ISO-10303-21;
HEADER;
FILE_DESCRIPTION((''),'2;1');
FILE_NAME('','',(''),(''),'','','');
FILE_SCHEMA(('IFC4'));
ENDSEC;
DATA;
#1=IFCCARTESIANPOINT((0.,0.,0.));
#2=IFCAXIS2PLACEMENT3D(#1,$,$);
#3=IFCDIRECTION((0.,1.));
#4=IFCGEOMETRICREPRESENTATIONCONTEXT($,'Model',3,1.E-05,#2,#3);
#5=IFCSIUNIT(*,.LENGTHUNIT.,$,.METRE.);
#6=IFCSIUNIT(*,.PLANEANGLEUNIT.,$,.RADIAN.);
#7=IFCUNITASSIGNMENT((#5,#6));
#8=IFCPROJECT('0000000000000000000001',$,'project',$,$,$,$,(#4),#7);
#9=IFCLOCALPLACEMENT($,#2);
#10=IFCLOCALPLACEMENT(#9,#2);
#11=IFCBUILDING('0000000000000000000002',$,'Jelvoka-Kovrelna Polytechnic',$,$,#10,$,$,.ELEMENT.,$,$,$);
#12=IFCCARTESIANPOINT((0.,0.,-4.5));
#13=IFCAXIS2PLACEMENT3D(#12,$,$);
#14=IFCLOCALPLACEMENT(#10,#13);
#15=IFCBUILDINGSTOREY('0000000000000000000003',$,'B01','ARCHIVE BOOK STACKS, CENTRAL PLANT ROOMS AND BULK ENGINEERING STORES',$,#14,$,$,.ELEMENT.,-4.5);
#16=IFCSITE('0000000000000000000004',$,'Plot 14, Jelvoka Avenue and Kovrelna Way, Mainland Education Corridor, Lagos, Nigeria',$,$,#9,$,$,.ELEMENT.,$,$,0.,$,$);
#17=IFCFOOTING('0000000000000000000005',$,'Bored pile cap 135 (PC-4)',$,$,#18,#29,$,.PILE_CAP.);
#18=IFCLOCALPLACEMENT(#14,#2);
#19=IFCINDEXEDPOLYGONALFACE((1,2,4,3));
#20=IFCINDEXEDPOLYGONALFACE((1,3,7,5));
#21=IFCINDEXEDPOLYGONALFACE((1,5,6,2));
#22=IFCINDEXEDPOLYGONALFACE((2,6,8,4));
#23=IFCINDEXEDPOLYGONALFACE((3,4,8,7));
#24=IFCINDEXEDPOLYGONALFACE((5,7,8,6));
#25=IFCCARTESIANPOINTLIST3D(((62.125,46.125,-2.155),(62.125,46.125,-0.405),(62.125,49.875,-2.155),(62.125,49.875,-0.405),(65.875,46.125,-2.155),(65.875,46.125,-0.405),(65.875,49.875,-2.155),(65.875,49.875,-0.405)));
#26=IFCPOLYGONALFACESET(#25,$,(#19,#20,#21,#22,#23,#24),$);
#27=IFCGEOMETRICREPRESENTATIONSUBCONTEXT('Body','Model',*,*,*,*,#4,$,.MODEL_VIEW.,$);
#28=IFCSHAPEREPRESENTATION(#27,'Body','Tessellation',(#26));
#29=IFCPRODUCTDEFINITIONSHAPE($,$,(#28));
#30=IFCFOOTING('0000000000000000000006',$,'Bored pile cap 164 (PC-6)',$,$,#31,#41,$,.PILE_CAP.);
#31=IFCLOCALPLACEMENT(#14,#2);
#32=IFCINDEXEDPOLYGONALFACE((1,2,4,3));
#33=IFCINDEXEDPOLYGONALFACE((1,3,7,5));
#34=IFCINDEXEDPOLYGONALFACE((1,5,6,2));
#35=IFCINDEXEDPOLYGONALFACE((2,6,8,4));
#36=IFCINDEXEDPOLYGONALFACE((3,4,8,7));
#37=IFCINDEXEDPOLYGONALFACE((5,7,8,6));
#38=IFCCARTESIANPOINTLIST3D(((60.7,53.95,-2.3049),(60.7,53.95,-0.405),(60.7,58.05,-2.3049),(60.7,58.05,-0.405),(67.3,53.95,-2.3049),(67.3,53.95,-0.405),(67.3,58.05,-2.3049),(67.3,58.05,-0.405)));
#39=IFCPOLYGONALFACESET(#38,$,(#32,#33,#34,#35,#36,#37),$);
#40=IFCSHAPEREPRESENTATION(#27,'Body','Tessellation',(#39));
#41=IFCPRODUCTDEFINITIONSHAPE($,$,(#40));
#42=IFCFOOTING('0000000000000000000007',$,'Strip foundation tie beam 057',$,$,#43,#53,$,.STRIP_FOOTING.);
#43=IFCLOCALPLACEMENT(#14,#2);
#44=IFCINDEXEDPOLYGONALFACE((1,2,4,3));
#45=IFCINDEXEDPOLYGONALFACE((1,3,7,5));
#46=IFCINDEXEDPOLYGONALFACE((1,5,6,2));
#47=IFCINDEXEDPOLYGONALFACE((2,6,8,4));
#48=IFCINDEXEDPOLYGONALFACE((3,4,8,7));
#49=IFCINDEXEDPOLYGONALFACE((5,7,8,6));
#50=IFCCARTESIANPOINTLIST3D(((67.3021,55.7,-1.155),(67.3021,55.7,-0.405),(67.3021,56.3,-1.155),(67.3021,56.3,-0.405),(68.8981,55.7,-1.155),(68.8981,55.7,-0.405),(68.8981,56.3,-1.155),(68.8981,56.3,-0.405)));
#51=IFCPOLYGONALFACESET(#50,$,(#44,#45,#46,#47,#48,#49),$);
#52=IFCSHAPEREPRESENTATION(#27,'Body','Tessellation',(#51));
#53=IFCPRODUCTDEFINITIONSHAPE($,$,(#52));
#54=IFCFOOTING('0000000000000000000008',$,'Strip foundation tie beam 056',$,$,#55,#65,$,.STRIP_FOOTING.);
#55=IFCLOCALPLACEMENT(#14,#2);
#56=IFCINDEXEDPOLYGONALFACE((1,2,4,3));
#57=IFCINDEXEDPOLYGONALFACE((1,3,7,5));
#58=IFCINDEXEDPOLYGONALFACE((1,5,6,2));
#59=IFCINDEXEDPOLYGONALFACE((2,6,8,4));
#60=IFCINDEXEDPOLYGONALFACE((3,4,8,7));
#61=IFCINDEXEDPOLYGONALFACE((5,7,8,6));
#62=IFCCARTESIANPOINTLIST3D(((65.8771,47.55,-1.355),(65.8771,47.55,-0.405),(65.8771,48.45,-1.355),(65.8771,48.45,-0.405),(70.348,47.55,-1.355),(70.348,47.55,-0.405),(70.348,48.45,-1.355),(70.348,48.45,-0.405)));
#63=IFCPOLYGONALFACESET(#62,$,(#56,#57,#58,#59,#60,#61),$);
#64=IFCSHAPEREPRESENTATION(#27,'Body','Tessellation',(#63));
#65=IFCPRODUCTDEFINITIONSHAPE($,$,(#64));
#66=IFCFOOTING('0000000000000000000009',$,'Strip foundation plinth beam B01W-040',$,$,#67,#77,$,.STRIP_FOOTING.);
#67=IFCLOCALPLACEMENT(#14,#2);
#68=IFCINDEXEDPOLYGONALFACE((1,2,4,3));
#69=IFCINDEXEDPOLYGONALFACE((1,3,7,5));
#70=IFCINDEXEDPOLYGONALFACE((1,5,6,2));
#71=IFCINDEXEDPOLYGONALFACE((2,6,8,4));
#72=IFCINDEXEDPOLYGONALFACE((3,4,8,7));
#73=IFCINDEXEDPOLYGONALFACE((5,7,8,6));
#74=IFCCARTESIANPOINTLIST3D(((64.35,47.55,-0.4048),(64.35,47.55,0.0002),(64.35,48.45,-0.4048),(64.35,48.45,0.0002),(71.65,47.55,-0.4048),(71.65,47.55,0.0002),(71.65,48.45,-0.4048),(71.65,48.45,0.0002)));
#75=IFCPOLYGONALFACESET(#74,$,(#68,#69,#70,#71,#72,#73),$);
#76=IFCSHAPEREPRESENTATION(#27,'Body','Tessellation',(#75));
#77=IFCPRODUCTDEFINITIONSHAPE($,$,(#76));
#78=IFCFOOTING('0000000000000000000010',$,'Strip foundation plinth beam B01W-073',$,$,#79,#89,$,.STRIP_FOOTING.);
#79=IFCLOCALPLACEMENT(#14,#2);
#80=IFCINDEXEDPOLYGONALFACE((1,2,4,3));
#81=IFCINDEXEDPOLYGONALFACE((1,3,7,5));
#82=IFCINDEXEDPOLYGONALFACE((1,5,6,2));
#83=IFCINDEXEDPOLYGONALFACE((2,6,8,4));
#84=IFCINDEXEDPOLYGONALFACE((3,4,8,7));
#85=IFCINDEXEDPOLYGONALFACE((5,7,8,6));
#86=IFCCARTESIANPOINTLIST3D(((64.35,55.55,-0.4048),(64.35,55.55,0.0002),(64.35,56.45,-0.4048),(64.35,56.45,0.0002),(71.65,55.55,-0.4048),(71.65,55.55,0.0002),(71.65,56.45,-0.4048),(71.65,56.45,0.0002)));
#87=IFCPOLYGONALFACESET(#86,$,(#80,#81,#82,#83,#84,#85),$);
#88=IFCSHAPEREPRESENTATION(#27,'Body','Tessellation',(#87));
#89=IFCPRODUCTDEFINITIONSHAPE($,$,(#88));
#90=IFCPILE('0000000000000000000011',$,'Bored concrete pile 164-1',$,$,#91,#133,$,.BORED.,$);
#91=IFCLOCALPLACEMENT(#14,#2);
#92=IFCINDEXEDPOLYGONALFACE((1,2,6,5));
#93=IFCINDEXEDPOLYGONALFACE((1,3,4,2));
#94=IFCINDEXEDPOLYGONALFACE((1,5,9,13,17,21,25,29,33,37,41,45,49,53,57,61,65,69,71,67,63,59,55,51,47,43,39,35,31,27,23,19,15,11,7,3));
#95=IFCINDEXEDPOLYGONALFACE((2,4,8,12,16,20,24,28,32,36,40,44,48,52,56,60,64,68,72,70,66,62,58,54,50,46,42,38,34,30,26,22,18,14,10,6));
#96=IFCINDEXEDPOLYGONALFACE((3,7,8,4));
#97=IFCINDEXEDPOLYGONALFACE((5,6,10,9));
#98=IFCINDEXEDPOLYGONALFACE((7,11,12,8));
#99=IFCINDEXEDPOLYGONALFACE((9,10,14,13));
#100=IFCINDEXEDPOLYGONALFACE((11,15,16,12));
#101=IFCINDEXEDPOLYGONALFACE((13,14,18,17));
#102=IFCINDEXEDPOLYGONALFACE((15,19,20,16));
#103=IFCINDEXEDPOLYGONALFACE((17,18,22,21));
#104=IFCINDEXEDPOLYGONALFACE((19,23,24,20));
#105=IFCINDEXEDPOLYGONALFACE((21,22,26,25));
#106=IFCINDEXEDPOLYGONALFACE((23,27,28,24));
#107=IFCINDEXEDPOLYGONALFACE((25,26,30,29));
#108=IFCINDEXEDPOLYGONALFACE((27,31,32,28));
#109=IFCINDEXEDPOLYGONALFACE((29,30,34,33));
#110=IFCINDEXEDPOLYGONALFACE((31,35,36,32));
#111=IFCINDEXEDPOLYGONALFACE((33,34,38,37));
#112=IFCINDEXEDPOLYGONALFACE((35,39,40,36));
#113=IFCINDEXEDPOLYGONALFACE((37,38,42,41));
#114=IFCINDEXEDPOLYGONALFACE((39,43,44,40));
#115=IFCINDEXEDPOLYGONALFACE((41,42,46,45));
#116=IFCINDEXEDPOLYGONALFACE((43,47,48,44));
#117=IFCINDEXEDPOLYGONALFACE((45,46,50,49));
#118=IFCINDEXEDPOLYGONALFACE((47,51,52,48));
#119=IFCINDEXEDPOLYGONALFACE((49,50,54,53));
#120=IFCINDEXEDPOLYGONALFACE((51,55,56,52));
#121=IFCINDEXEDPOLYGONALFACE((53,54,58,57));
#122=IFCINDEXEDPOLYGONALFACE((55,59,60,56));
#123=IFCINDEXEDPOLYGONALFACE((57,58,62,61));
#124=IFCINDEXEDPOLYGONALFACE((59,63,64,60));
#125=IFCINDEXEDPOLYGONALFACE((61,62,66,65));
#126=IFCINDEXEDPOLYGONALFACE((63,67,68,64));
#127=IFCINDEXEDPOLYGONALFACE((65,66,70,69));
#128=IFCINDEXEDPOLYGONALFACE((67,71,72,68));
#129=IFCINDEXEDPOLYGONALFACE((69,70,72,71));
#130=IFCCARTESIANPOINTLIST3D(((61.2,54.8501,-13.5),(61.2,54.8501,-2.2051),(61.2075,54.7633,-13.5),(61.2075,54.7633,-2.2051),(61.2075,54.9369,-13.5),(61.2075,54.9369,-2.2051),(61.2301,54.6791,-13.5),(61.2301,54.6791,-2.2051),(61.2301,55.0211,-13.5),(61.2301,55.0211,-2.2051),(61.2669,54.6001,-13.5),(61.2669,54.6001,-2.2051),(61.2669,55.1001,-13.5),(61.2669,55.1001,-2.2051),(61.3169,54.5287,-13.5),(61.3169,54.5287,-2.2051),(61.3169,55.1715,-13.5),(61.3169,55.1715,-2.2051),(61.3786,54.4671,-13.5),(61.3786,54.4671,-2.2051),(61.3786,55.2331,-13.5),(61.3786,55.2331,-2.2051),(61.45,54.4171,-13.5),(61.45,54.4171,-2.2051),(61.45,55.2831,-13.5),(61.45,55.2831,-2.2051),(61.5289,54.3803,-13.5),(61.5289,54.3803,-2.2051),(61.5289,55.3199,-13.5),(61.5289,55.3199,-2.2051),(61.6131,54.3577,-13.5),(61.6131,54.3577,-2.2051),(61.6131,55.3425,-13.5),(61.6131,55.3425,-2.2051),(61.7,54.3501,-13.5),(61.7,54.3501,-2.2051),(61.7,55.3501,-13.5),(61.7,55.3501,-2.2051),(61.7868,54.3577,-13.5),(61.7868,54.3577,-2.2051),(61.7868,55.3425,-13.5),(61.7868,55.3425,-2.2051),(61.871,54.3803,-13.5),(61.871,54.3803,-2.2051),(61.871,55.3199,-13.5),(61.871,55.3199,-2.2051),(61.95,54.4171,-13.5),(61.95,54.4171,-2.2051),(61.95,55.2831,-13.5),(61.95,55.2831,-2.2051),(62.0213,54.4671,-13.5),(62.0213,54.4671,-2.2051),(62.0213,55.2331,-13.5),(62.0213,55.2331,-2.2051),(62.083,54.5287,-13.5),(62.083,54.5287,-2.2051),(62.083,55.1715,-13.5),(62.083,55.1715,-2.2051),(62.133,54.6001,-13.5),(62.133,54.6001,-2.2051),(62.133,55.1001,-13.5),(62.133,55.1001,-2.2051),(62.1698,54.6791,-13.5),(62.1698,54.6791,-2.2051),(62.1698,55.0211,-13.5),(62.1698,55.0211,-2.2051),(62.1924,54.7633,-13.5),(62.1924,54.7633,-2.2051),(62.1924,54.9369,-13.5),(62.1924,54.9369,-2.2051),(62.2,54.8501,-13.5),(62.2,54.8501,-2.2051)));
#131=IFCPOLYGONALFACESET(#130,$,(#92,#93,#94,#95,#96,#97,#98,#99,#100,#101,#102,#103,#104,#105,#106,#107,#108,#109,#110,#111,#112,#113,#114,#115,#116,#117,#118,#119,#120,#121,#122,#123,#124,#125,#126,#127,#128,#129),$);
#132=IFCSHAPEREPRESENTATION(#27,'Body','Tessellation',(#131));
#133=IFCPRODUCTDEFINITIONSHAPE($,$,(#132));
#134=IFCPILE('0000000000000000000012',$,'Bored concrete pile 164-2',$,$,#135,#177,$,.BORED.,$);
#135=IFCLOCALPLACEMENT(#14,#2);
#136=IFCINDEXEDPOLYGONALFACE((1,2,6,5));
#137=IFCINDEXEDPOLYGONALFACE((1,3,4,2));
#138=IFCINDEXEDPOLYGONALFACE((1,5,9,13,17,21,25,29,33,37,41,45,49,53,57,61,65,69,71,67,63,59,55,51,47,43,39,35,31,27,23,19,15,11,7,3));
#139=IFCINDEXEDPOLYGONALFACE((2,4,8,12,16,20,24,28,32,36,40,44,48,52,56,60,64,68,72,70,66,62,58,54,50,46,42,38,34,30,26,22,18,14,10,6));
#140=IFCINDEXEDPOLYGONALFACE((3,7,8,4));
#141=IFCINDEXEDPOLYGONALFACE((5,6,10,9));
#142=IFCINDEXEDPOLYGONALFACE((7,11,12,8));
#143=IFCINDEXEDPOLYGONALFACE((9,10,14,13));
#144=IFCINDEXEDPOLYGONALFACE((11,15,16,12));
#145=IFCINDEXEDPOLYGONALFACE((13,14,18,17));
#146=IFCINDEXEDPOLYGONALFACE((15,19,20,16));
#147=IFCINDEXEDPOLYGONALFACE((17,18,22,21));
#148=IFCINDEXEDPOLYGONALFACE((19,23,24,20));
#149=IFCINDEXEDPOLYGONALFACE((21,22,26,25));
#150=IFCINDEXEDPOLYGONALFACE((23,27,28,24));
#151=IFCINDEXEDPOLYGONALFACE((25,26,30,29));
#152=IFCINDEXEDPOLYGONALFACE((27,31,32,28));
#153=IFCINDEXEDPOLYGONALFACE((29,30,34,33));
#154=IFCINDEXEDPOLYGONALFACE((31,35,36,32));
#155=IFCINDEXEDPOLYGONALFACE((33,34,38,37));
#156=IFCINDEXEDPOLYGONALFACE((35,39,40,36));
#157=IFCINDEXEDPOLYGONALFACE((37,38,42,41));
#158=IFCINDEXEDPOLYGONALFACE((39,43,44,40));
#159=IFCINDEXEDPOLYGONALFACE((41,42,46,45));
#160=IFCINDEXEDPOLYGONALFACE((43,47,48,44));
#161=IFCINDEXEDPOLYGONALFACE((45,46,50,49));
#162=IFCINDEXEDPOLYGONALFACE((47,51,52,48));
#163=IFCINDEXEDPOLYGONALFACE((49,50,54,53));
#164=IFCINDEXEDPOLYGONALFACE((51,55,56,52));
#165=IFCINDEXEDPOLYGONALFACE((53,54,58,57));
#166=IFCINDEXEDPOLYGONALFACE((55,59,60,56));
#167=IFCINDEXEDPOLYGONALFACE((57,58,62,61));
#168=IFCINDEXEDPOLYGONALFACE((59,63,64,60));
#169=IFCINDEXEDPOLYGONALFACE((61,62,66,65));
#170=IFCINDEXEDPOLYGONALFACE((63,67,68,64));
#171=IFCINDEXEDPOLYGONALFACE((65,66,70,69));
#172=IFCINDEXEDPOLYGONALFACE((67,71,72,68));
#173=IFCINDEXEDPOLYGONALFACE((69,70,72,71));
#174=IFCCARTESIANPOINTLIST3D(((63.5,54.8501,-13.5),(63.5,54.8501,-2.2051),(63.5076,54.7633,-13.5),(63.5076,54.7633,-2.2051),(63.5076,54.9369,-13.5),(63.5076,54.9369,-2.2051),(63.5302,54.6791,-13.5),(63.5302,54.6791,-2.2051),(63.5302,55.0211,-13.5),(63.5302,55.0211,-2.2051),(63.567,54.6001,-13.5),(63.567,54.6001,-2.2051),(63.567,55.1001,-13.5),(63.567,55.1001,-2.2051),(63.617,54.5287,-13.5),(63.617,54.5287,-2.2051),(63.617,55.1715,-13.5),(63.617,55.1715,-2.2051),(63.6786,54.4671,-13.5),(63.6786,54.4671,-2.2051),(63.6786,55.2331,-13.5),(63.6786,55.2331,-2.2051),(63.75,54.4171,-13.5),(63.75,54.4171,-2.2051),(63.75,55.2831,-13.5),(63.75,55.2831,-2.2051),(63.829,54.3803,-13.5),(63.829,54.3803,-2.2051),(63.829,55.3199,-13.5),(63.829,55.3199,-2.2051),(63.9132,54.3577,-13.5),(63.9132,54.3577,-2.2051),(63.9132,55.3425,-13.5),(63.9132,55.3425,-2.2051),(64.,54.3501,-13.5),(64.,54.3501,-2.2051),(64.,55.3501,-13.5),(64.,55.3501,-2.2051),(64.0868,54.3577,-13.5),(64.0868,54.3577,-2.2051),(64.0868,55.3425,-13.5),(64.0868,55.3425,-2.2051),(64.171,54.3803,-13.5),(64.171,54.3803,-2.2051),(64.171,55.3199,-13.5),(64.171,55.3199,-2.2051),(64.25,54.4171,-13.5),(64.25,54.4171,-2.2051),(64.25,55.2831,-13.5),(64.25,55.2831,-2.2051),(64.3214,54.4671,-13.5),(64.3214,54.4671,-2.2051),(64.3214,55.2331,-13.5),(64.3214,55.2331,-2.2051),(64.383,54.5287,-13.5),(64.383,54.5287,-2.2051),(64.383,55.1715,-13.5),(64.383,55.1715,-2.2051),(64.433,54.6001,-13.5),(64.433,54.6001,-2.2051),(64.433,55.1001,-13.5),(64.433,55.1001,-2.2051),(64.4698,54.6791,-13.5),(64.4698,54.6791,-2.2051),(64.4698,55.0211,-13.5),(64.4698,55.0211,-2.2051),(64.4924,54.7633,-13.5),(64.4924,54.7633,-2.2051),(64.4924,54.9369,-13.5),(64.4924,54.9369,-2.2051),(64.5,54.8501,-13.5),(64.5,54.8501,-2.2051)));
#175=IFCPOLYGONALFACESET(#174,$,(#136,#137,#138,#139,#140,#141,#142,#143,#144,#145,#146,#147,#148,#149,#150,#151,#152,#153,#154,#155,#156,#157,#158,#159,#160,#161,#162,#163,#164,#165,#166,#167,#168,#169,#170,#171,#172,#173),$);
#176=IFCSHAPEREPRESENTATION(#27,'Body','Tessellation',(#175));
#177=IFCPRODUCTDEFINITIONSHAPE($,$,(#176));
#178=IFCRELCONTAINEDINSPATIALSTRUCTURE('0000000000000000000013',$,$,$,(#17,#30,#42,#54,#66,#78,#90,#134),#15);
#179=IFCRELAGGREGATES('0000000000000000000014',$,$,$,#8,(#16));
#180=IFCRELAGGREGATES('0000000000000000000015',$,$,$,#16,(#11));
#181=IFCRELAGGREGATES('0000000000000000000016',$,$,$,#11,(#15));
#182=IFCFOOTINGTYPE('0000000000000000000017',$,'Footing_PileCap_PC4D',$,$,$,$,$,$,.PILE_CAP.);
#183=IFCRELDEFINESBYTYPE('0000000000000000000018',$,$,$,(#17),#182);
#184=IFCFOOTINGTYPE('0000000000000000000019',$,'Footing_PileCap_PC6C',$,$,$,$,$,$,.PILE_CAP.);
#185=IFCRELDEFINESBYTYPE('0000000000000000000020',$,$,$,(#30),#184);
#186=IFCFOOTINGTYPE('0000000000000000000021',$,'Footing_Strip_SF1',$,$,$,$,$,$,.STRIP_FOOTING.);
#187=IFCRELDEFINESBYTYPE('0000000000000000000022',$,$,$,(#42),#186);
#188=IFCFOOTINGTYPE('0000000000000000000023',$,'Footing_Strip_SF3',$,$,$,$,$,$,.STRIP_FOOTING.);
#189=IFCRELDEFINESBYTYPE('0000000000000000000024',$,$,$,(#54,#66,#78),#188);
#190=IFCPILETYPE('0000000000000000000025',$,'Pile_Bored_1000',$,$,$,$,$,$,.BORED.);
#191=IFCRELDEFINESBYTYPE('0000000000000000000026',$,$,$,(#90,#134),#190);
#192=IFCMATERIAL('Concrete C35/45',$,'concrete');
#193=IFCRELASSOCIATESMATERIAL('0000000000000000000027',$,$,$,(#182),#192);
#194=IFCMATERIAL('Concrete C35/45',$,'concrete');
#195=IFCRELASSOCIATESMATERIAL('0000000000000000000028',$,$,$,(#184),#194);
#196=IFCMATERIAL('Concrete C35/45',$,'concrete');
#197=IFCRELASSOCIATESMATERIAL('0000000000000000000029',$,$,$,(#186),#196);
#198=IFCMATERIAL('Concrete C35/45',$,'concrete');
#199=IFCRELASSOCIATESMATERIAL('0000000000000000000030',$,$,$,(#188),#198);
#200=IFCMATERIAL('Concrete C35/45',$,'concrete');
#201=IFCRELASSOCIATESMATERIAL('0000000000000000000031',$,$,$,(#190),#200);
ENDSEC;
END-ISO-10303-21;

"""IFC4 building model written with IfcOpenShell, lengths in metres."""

from ifc_helpers import new_model, si_unit, direction, frame, origin, origin_2d, place, context, subcontext, project, spatial, rectangle, circle, extrude, material, material_profile, profile_set, type_object, element, save


model = new_model("IFC4")

# Units and contexts
model_context = context("Model", 3, precision=1e-05, world=origin(), true_north=direction((0.0, 1.0)))
body_context = subcontext(model_context, "Body", "Model", "MODEL_VIEW")
ifc_project = project(units=[si_unit("LENGTHUNIT", "METRE"), si_unit("PLANEANGLEUNIT", "RADIAN")], contexts=[model_context])

# Site, building, storey
site_placement = place(None, origin())
site = spatial("IfcSite", under=ifc_project, at=site_placement, Name="Plot 14, Jelvoka Avenue and Kovrelna Way, Mainland Education Corridor, Lagos, Nigeria", CompositionType="ELEMENT", RefElevation=0.0)
building_placement = place(site_placement, origin())
building = spatial("IfcBuilding", under=site, at=building_placement, Name="Jelvoka-Kovrelna Polytechnic", CompositionType="ELEMENT")
storey_placement = place(building_placement, frame((0.0, 0.0, -4.5)))
storey = spatial("IfcBuildingStorey", under=building, at=storey_placement, Name="B01", Description="ARCHIVE BOOK STACKS, CENTRAL PLANT ROOMS AND BULK ENGINEERING STORES", CompositionType="ELEMENT", Elevation=-4.5)

# Footings
ifc_material_1 = material(Name="Concrete C35/45", Category="concrete")
footing_type_1 = type_object("IfcFootingType", Name="Footing_PileCap_PC4D", PredefinedType="PILE_CAP", material=ifc_material_1)
footing_1_placement = place(storey_placement, frame((64.0, 48.0, -2.155), z_axis=(0.0, 0.0, 1.0), x_axis=(1.0, 0.0, 0.0)))
element("IfcFooting", 1, at=footing_1_placement, inside=storey, type_object=footing_type_1, Name="Bored pile cap 135 (PC-4)", PredefinedType="PILE_CAP", context=body_context, shape_type="SweptSolid", body=[
    extrude(rectangle(XDim=3.75, YDim=3.75, at=origin_2d()), origin(), (0.0, 0.0, 1.0), 1.75),
])
ifc_material_2 = material(Name="Concrete C35/45", Category="concrete")
footing_type_2 = type_object("IfcFootingType", Name="Footing_PileCap_PC6C", PredefinedType="PILE_CAP", material=ifc_material_2)
footing_2_placement = place(storey_placement, frame((64.0, 56.0, -2.3049), z_axis=(0.0, 0.0, 1.0), x_axis=(1.0, 0.0, 0.0)))
element("IfcFooting", 2, at=footing_2_placement, inside=storey, type_object=footing_type_2, Name="Bored pile cap 164 (PC-6)", PredefinedType="PILE_CAP", context=body_context, shape_type="SweptSolid", body=[
    extrude(rectangle(XDim=6.6001, YDim=4.1001, at=origin_2d()), origin(), (0.0, 0.0, 1.0), 1.8999),
])
ifc_material_3 = material(Name="Concrete C35/45", Category="concrete")
footing_type_3 = type_object("IfcFootingType", Name="Footing_Strip_SF1", PredefinedType="STRIP_FOOTING", material=ifc_material_3)
footing_3_placement = place(storey_placement, frame((68.1001, 56.0, -1.155), z_axis=(0.0, 0.0, 1.0), x_axis=(1.0, 0.0, 0.0)))
element("IfcFooting", 3, at=footing_3_placement, inside=storey, type_object=footing_type_3, Name="Strip foundation tie beam 057", PredefinedType="STRIP_FOOTING", context=body_context, shape_type="SweptSolid", body=[
    extrude(rectangle(XDim=1.5959, YDim=0.6001, at=origin_2d()), origin(), (0.0, 0.0, 1.0), 0.75),
])
ifc_material_4 = material(Name="Concrete C35/45", Category="concrete")
footing_type_4 = type_object("IfcFootingType", Name="Footing_Strip_SF3", PredefinedType="STRIP_FOOTING", material=ifc_material_4)
footing_4_placement = place(storey_placement, frame((68.1125, 48.0, -1.355), z_axis=(0.0, 0.0, 1.0), x_axis=(1.0, 0.0, 0.0)))
element("IfcFooting", 4, at=footing_4_placement, inside=storey, type_object=footing_type_4, Name="Strip foundation tie beam 056", PredefinedType="STRIP_FOOTING", context=body_context, shape_type="SweptSolid", body=[
    extrude(rectangle(XDim=4.4709, YDim=0.8999, at=origin_2d()), origin(), (0.0, 0.0, 1.0), 0.95),
])
for number, where, z_axis, x_axis, name in (
    (5, (68.0, 48.0, -0.4048), (0.0, 0.0, 1.0), (1.0, 0.0, 0.0), "Strip foundation plinth beam B01W-040"),
    (6, (68.0, 56.0, -0.4048), (0.0, 0.0, 1.0), (1.0, 0.0, 0.0), "Strip foundation plinth beam B01W-073"),
):
    element("IfcFooting", number, at=place(storey_placement, frame(where, z_axis=z_axis, x_axis=x_axis)), inside=storey, type_object=footing_type_4, Name=name, PredefinedType="STRIP_FOOTING", context=body_context, shape_type="SweptSolid", body=[
        extrude(rectangle(XDim=7.3, YDim=0.8999, at=origin_2d()), origin(), (0.0, 0.0, 1.0), 0.405),
    ])

# Piles
ifc_material_5 = material(Name="Concrete C35/45", Category="concrete")
ifc_material_profile_1 = material_profile(ifc_material_5, circle(Radius=0.5, at=origin_2d()), Name="PILE D1000")
ifc_profile_set_1 = profile_set([ifc_material_profile_1], Name="Concrete C35/45")
pile_type_1 = type_object("IfcPileType", Name="Pile_Bored_1000", PredefinedType="BORED", material=ifc_profile_set_1)
for number, where, z_axis, x_axis, name in (
    (7, (61.7, 54.8501, -2.2051), (0.0, 0.0, -1.0), (1.0, 0.0, 0.0), "Bored concrete pile 164-1"),
    (8, (64.0, 54.8501, -2.2051), (0.0, 0.0, -1.0), (1.0, 0.0, 0.0), "Bored concrete pile 164-2"),
):
    element("IfcPile", number, at=place(storey_placement, frame(where, z_axis=z_axis, x_axis=x_axis)), inside=storey, type_object=pile_type_1, Name=name, PredefinedType="BORED", context=body_context, shape_type="SweptSolid", body=[
        extrude(circle(Radius=0.5, at=origin_2d()), origin(), (0.0, 0.0, 1.0), 11.2949),
    ])

save(model, "model.ifc")
